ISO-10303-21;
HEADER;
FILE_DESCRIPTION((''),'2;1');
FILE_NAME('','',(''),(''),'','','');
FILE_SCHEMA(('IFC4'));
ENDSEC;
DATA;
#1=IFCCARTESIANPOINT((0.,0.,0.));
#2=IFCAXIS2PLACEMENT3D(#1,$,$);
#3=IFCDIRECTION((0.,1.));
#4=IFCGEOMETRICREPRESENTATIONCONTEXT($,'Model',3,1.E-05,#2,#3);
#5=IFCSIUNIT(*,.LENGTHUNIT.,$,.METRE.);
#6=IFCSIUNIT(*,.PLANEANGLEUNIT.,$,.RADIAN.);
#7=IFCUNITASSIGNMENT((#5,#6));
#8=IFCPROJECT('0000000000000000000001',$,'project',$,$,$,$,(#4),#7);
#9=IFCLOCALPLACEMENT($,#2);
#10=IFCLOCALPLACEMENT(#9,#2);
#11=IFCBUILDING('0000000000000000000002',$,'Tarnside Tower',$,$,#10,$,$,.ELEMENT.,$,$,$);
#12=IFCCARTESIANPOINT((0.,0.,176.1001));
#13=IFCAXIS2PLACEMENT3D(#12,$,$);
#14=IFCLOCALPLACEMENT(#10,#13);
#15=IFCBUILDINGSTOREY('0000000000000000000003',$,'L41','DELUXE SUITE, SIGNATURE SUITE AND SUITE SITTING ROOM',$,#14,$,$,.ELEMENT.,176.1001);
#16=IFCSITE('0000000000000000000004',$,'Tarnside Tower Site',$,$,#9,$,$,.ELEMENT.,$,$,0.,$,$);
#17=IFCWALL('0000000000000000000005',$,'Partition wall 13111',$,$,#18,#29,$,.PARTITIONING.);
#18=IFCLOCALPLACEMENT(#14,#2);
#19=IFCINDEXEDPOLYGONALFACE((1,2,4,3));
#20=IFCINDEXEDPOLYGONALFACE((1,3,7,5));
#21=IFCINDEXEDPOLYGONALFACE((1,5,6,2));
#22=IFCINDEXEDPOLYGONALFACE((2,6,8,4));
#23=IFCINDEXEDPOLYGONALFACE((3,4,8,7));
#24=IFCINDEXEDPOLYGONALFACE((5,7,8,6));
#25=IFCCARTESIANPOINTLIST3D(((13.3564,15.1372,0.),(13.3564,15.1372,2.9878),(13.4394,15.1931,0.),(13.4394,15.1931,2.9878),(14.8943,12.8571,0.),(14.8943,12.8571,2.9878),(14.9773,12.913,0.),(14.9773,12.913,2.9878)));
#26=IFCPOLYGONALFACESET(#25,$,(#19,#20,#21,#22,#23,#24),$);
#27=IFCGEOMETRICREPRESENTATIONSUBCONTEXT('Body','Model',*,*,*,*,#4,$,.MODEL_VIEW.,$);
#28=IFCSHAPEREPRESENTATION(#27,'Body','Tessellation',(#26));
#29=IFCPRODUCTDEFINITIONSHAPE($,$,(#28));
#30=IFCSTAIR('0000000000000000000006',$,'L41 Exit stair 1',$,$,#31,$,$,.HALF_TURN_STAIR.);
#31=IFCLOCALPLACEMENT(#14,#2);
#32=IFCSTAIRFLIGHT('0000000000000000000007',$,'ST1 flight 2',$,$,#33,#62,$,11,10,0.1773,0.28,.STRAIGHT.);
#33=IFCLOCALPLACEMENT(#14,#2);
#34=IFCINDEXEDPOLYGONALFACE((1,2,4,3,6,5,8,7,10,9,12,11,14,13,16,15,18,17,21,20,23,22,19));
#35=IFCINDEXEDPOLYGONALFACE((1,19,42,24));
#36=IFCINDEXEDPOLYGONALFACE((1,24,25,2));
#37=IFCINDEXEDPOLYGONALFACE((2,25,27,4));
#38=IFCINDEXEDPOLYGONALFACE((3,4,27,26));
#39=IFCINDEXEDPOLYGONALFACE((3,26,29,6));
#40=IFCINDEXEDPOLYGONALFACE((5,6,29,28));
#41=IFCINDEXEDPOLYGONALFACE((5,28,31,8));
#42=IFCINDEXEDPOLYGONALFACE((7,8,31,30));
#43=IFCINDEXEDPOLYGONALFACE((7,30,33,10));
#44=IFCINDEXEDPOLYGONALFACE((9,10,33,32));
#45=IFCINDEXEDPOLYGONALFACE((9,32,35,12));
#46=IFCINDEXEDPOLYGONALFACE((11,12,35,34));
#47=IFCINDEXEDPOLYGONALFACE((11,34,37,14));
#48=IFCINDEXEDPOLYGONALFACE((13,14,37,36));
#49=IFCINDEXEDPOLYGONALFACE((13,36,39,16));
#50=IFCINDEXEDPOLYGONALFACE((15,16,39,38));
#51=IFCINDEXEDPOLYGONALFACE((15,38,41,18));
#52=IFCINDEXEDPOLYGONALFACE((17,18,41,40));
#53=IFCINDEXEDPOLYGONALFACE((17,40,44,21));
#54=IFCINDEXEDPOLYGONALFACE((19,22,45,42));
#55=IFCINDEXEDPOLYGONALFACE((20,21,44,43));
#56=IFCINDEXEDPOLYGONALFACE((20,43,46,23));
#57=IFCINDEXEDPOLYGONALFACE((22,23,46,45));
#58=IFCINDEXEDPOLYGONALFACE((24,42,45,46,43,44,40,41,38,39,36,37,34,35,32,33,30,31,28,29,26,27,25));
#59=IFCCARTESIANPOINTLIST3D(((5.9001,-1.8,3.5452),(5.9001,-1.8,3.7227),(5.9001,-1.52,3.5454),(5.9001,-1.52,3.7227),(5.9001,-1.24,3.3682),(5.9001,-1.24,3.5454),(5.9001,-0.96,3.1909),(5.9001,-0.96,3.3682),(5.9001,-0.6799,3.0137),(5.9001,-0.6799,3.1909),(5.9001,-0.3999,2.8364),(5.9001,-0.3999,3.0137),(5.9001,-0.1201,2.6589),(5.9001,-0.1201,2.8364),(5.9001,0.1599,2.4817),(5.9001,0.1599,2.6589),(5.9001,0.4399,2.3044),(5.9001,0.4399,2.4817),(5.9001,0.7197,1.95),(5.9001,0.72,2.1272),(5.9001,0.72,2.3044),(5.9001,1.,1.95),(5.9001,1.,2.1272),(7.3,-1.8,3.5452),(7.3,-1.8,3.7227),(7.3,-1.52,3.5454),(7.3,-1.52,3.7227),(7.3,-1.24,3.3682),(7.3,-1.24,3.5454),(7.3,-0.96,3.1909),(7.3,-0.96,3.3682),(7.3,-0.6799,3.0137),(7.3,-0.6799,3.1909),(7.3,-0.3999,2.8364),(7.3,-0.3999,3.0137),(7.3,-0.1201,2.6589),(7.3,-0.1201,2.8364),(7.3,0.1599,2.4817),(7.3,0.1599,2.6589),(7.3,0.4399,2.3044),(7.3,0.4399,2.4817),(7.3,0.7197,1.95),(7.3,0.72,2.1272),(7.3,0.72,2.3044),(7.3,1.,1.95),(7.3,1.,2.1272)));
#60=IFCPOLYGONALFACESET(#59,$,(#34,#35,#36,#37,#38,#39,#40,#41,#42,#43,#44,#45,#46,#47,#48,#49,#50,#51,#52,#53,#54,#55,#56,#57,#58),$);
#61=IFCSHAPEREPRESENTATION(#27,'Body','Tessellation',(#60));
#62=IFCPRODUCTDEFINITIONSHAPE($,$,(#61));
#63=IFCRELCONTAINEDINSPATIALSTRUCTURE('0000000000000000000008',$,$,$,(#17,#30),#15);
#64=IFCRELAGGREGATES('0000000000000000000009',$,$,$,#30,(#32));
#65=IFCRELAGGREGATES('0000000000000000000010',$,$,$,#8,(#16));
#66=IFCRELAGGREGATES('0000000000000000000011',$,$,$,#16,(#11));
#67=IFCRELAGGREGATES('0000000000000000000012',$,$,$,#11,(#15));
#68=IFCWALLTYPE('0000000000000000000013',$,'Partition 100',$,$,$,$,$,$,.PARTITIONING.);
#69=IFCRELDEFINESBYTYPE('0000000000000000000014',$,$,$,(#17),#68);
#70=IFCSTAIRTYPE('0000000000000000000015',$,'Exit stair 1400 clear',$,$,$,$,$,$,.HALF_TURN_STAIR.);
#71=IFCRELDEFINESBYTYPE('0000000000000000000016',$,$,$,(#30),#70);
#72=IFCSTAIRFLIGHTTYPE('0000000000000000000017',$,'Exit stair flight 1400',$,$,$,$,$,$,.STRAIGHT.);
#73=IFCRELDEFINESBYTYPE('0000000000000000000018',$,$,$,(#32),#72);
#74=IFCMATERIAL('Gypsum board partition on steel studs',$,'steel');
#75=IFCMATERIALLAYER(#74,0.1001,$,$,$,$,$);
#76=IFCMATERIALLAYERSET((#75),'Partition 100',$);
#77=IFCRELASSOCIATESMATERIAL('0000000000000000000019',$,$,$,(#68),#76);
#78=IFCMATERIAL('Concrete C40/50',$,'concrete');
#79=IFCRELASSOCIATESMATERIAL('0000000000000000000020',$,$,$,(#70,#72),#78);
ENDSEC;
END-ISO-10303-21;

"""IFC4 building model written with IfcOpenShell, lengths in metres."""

from ifc_helpers import new_model, si_unit, direction, frame, frame_2d, origin, place, context, subcontext, project, spatial, polyline, rectangle, outline, extrude, material, layer, layer_set, type_object, element, aggregate, save


model = new_model("IFC4")

# Units and contexts
model_context = context("Model", 3, precision=1e-05, world=origin(), true_north=direction((0.0, 1.0)))
body_context = subcontext(model_context, "Body", "Model", "MODEL_VIEW")
ifc_project = project(units=[si_unit("LENGTHUNIT", "METRE"), si_unit("PLANEANGLEUNIT", "RADIAN")], contexts=[model_context])

# Site, building, storey
site_placement = place(None, origin())
site = spatial("IfcSite", under=ifc_project, at=site_placement, Name="Tarnside Tower Site", CompositionType="ELEMENT", RefElevation=0.0)
building_placement = place(site_placement, origin())
building = spatial("IfcBuilding", under=site, at=building_placement, Name="Tarnside Tower", CompositionType="ELEMENT")
storey_placement = place(building_placement, frame((0.0, 0.0, 176.1001)))
storey = spatial("IfcBuildingStorey", under=building, at=storey_placement, Name="L41", Description="DELUXE SUITE, SIGNATURE SUITE AND SUITE SITTING ROOM", CompositionType="ELEMENT", Elevation=176.1001)

# Shared definitions
ifc_material_1 = material(Name="Gypsum board partition on steel studs", Category="steel")

# Shared definitions
ifc_material_2 = material(Name="Concrete C40/50", Category="concrete")

# Shared definitions
ifc_layer_1 = layer(ifc_material_1, 0.1001)
ifc_layer_set_1 = layer_set([ifc_layer_1], Name="Partition 100")
wall_type_1 = type_object("IfcWallType", Name="Partition 100", PredefinedType="PARTITIONING", material=ifc_layer_set_1)

# Wall
wall_1_placement = place(storey_placement, frame((13.3979, 15.165, 0.0), z_axis=(0.0, 0.0, 1.0), x_axis=(0.559179, -0.829047, 0.0)))
element("IfcWall", 1, at=wall_1_placement, inside=storey, type_object=wall_type_1, Name="Partition wall 13111", PredefinedType="PARTITIONING", context=body_context, shape_type="SweptSolid", body=[
    extrude(rectangle(XDim=2.7502, YDim=0.1001, at=frame_2d((1.375, 0.0))), origin(), (0.0, 0.0, 1.0), 2.9878),
])

# Stair, stair flight
stair_type = type_object("IfcStairType", Name="Exit stair 1400 clear", PredefinedType="HALF_TURN_STAIR", material=ifc_material_2)
stair_placement = place(storey_placement, origin())
stair = element("IfcStair", 2, at=stair_placement, inside=storey, type_object=stair_type, Name="L41 Exit stair 1", PredefinedType="HALF_TURN_STAIR")
stair_flight_type = type_object("IfcStairFlightType", Name="Exit stair flight 1400", PredefinedType="STRAIGHT", material=ifc_material_2)
stair_flight_placement = place(storey_placement, frame((6.6001, 1.0, 1.95), z_axis=(0.0, 0.0, 1.0), x_axis=(0.0, -1.0, 0.0)))
stair_flight = element("IfcStairFlight", 3, at=stair_flight_placement, type_object=stair_flight_type, Name="ST1 flight 2", NumberOfRisers=11, NumberOfTreads=10, PredefinedType="STRAIGHT", RiserHeight=0.1773, TreadLength=0.28, context=body_context, shape_type="SweptSolid", body=[
    extrude(outline(polyline([(0.0, 0.0), (0.0, 0.1772), (0.28, 0.1772), (0.28, 0.3545), (0.5601, 0.3545), (0.5601, 0.5317), (0.8401, 0.5317), (0.8401, 0.709), (1.1201, 0.709), (1.1201, 0.8865), (1.3999, 0.8865), (1.3999, 1.0637), (1.6799, 1.0637), (1.6799, 1.241), (1.96, 1.241), (1.96, 1.4182), (2.24, 1.4182), (2.24, 1.5955), (2.52, 1.5955), (2.52, 1.7727), (2.8, 1.7727), (2.8, 1.95), (2.8, 1.5952), (0.2803, 0.0), (0.0, 0.0)])), frame((0.0, 0.7, 0.0), z_axis=(0.0, -1.0, 0.0), x_axis=(1.0, 0.0, 0.0)), (0.0, 0.0, 1.0), 1.3999),
])
aggregate(stair, [stair_flight])

save(model, "model.ifc")
